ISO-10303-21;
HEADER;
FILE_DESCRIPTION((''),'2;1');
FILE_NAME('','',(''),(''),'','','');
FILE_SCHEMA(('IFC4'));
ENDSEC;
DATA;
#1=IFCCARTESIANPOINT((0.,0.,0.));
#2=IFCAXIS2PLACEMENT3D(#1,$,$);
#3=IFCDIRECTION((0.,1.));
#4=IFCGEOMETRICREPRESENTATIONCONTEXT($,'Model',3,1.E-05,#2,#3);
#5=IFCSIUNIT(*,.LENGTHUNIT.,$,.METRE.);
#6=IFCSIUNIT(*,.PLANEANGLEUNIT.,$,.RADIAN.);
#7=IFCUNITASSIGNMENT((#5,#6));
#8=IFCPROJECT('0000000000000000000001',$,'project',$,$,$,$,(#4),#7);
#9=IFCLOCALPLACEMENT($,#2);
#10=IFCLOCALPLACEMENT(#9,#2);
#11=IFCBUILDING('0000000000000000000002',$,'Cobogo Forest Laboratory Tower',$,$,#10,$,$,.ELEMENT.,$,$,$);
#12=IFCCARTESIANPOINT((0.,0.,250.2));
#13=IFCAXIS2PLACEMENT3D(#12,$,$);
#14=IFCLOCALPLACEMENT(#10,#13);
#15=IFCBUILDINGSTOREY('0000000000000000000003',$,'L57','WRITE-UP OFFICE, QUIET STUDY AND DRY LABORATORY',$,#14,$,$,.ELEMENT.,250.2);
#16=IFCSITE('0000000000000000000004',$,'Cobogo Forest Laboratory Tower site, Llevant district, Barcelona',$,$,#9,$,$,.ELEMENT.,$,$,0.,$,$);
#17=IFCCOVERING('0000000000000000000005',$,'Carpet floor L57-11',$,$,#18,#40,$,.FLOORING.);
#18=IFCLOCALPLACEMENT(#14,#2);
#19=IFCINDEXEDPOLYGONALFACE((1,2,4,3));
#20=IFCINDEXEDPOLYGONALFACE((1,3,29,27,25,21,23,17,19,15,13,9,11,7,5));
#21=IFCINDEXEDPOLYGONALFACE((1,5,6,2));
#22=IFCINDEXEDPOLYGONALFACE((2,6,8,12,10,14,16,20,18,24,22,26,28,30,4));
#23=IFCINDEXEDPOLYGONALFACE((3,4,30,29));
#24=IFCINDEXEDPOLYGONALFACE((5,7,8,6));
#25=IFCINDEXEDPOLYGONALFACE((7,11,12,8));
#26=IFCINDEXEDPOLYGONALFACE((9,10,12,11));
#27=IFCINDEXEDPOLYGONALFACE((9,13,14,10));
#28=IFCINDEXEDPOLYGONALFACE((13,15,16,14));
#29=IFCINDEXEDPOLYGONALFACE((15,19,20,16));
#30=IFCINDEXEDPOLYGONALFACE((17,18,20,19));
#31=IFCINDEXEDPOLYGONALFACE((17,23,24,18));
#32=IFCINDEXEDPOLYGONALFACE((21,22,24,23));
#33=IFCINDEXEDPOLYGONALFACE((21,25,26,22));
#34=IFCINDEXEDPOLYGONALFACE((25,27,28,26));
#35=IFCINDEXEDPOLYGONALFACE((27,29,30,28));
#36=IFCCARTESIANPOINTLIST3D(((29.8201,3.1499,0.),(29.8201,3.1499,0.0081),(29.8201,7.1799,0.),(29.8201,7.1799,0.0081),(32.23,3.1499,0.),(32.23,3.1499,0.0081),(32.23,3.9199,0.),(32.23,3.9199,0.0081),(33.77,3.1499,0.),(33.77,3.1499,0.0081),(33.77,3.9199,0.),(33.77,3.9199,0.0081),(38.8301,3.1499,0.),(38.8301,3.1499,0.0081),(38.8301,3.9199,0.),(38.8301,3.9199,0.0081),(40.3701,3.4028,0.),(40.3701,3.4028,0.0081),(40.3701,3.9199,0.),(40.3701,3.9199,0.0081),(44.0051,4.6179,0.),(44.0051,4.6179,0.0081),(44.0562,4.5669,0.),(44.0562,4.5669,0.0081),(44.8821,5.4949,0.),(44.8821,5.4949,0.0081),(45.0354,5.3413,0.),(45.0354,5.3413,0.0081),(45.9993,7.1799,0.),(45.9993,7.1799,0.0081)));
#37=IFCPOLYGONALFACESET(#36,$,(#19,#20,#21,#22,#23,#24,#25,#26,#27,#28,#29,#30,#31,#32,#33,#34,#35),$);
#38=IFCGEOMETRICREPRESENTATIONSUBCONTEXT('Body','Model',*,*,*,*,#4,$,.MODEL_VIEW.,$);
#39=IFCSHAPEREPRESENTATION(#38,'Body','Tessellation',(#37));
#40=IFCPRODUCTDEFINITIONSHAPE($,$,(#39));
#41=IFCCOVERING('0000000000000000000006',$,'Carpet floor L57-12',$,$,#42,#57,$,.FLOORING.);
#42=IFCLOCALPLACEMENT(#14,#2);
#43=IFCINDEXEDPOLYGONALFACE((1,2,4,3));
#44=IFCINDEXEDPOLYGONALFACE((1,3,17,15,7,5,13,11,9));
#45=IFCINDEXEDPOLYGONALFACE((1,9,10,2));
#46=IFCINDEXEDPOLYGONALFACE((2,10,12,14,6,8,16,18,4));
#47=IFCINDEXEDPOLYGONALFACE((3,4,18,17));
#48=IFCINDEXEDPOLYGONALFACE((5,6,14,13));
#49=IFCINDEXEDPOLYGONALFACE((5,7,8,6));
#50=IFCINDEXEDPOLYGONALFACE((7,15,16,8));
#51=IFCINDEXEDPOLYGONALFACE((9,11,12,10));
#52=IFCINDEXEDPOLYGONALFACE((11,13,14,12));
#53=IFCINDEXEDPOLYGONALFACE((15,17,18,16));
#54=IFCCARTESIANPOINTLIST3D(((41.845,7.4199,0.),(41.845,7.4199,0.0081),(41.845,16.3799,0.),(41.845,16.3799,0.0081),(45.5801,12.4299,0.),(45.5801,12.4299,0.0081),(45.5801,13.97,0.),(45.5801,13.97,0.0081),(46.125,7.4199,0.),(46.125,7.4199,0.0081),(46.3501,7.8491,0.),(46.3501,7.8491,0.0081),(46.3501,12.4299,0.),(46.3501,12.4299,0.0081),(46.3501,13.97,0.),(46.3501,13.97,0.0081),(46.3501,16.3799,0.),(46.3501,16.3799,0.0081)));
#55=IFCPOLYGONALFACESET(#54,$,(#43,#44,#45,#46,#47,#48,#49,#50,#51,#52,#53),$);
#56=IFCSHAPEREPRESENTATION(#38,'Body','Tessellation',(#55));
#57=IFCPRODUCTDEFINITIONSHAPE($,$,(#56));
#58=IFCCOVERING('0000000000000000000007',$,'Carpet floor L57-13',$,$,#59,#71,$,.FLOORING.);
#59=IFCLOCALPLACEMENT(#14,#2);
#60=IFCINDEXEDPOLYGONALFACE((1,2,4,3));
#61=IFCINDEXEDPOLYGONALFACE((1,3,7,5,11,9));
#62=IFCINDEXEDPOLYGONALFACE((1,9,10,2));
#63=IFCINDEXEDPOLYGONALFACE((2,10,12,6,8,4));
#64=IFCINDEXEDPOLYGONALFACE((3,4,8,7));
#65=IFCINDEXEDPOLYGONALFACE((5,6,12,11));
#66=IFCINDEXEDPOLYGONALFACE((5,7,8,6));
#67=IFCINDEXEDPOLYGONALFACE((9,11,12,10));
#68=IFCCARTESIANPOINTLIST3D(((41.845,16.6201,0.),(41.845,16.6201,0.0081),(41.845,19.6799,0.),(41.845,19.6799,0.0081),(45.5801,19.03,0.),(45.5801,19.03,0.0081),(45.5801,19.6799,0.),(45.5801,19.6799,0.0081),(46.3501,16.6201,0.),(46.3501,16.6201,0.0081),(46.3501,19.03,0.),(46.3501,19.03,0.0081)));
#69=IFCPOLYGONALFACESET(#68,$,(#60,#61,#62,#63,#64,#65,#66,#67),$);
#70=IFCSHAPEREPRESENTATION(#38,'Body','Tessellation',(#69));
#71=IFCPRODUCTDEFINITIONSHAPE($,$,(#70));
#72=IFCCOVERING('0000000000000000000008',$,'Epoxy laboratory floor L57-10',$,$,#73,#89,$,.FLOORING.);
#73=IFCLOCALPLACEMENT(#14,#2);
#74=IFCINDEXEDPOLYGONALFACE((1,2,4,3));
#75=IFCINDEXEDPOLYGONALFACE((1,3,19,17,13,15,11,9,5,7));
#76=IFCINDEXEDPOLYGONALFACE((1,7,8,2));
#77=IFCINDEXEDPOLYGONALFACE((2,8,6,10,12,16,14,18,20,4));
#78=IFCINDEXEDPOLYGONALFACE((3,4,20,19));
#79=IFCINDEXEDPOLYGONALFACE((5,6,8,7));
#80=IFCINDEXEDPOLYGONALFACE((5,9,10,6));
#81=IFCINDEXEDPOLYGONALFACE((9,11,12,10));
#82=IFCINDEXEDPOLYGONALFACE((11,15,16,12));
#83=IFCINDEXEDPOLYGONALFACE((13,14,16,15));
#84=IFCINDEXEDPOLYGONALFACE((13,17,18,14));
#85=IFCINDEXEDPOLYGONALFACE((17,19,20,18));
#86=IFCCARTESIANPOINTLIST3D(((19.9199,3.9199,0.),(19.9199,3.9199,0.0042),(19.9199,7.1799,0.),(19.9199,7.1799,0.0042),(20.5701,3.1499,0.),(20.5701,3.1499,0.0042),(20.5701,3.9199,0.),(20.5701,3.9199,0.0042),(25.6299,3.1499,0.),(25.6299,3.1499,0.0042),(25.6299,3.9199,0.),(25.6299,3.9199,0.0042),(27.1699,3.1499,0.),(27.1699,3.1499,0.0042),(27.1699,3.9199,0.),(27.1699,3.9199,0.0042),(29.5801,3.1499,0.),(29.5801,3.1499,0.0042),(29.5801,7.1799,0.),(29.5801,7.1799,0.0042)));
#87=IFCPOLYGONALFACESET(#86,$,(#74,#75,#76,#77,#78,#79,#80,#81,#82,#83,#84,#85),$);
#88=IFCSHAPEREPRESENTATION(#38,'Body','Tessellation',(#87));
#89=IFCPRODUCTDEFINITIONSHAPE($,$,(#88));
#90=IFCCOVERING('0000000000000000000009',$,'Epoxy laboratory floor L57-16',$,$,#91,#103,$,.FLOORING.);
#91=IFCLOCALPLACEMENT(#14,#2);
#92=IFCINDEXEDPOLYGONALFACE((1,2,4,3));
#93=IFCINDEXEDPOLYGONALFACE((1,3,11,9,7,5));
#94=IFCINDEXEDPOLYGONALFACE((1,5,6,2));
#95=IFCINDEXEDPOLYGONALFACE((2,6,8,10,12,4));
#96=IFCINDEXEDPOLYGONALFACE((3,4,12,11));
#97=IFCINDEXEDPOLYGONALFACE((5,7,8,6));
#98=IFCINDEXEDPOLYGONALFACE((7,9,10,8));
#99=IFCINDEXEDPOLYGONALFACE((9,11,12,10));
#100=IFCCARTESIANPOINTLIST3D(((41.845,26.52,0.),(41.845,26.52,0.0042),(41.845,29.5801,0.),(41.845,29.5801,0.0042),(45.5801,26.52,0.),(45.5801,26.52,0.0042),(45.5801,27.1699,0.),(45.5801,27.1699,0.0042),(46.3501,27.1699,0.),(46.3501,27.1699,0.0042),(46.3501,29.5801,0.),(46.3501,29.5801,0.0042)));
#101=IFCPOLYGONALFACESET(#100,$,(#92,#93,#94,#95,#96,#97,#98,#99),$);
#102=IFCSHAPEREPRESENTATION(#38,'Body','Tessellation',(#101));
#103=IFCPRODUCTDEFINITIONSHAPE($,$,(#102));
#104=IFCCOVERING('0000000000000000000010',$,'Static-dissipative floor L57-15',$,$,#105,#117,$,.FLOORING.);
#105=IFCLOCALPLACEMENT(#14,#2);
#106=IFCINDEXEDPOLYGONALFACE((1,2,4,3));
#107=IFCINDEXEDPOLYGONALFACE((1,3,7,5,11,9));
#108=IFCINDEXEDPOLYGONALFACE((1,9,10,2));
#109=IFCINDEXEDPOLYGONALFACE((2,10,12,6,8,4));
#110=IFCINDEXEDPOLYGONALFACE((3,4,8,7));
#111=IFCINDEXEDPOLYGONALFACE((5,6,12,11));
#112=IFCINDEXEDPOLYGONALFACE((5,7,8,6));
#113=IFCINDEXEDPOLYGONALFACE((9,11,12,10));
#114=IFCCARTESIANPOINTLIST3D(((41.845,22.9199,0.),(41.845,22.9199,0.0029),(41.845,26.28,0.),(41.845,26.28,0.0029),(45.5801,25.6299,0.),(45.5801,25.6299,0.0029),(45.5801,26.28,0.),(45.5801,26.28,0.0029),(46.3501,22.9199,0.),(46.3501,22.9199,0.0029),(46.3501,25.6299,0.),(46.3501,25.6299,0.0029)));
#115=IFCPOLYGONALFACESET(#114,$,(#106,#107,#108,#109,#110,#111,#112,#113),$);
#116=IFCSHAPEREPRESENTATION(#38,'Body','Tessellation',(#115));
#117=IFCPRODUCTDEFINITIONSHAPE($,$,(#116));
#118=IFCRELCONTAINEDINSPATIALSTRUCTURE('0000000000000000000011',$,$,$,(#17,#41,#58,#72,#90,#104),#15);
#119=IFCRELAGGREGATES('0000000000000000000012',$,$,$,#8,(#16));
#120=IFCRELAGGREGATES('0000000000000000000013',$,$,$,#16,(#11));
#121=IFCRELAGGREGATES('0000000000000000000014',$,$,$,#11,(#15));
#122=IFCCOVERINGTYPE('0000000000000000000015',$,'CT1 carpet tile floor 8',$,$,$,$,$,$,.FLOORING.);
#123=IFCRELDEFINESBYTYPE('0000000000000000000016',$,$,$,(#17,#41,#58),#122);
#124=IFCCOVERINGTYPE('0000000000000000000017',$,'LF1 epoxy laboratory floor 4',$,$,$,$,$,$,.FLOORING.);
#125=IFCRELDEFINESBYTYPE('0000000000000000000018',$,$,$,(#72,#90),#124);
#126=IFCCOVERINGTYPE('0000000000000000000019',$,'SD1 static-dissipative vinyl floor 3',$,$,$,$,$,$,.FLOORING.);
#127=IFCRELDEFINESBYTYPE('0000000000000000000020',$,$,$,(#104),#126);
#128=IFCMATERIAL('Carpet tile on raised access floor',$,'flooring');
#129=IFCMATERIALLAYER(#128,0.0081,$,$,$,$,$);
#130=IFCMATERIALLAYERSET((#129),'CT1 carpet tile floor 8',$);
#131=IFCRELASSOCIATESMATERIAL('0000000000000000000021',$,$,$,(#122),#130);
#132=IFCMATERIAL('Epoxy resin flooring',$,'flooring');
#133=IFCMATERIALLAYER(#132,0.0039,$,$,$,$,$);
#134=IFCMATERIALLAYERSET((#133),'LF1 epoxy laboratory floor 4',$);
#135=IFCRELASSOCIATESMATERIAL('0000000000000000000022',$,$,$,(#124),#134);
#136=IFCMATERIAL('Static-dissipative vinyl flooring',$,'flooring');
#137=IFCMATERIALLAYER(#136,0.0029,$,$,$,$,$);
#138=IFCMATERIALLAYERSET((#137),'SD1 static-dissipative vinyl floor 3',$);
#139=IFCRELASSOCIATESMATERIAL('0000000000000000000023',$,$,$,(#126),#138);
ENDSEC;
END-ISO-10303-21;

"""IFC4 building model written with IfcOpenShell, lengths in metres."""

from ifc_helpers import new_model, si_unit, direction, frame, origin, place, context, subcontext, project, spatial, polyline, outline, extrude, material, layer, layer_set, type_object, element, save


model = new_model("IFC4")

# Units and contexts
model_context = context("Model", 3, precision=1e-05, world=origin(), true_north=direction((0.0, 1.0)))
body_context = subcontext(model_context, "Body", "Model", "MODEL_VIEW")
ifc_project = project(units=[si_unit("LENGTHUNIT", "METRE"), si_unit("PLANEANGLEUNIT", "RADIAN")], contexts=[model_context])

# Site, building, storey
site_placement = place(None, origin())
site = spatial("IfcSite", under=ifc_project, at=site_placement, Name="Cobogo Forest Laboratory Tower site, Llevant district, Barcelona", CompositionType="ELEMENT", RefElevation=0.0)
building_placement = place(site_placement, origin())
building = spatial("IfcBuilding", under=site, at=building_placement, Name="Cobogo Forest Laboratory Tower", CompositionType="ELEMENT")
storey_placement = place(building_placement, frame((0.0, 0.0, 250.2)))
storey = spatial("IfcBuildingStorey", under=building, at=storey_placement, Name="L57", Description="WRITE-UP OFFICE, QUIET STUDY AND DRY LABORATORY", CompositionType="ELEMENT", Elevation=250.2)

# Coverings
ifc_material_1 = material(Name="Carpet tile on raised access floor", Category="flooring")
ifc_layer_1 = layer(ifc_material_1, 0.0081)
ifc_layer_set_1 = layer_set([ifc_layer_1], Name="CT1 carpet tile floor 8")
covering_type_1 = type_object("IfcCoveringType", Name="CT1 carpet tile floor 8", PredefinedType="FLOORING", material=ifc_layer_set_1)
covering_1_placement = place(storey_placement, origin())
element("IfcCovering", 1, at=covering_1_placement, inside=storey, type_object=covering_type_1, Name="Carpet floor L57-11", PredefinedType="FLOORING", context=body_context, shape_type="SweptSolid", body=[
    extrude(outline(polyline([(44.0562, 4.5669), (40.3701, 3.4028), (40.3701, 3.9199), (38.8301, 3.9199), (38.8301, 3.1499), (33.77, 3.1499), (33.77, 3.9199), (32.23, 3.9199), (32.23, 3.1499), (29.8201, 3.1499), (29.8201, 7.1799), (45.9993, 7.1799), (45.0354, 5.3413), (44.8821, 5.4949), (44.0051, 4.6179), (44.0562, 4.5669)])), origin(), (0.0, 0.0, 1.0), 0.0081),
])
covering_2_placement = place(storey_placement, origin())
element("IfcCovering", 2, at=covering_2_placement, inside=storey, type_object=covering_type_1, Name="Carpet floor L57-12", PredefinedType="FLOORING", context=body_context, shape_type="SweptSolid", body=[
    extrude(outline(polyline([(41.845, 16.3799), (46.3501, 16.3799), (46.3501, 13.97), (45.5801, 13.97), (45.5801, 12.4299), (46.3501, 12.4299), (46.3501, 7.8491), (46.125, 7.4199), (41.845, 7.4199), (41.845, 16.3799)])), origin(), (0.0, 0.0, 1.0), 0.0081),
])
covering_3_placement = place(storey_placement, origin())
element("IfcCovering", 3, at=covering_3_placement, inside=storey, type_object=covering_type_1, Name="Carpet floor L57-13", PredefinedType="FLOORING", context=body_context, shape_type="SweptSolid", body=[
    extrude(outline(polyline([(41.845, 19.6799), (45.5801, 19.6799), (45.5801, 19.03), (46.3501, 19.03), (46.3501, 16.6201), (41.845, 16.6201), (41.845, 19.6799)])), origin(), (0.0, 0.0, 1.0), 0.0081),
])
ifc_material_2 = material(Name="Epoxy resin flooring", Category="flooring")
ifc_layer_2 = layer(ifc_material_2, 0.0039)
ifc_layer_set_2 = layer_set([ifc_layer_2], Name="LF1 epoxy laboratory floor 4")
covering_type_2 = type_object("IfcCoveringType", Name="LF1 epoxy laboratory floor 4", PredefinedType="FLOORING", material=ifc_layer_set_2)
covering_4_placement = place(storey_placement, origin())
element("IfcCovering", 4, at=covering_4_placement, inside=storey, type_object=covering_type_2, Name="Epoxy laboratory floor L57-10", PredefinedType="FLOORING", context=body_context, shape_type="SweptSolid", body=[
    extrude(outline(polyline([(29.5801, 7.1799), (29.5801, 3.1499), (27.1699, 3.1499), (27.1699, 3.9199), (25.6299, 3.9199), (25.6299, 3.1499), (20.5701, 3.1499), (20.5701, 3.9199), (19.9199, 3.9199), (19.9199, 7.1799), (29.5801, 7.1799)])), origin(), (0.0, 0.0, 1.0), 0.0042),
])
covering_5_placement = place(storey_placement, origin())
element("IfcCovering", 5, at=covering_5_placement, inside=storey, type_object=covering_type_2, Name="Epoxy laboratory floor L57-16", PredefinedType="FLOORING", context=body_context, shape_type="SweptSolid", body=[
    extrude(outline(polyline([(41.845, 29.5801), (46.3501, 29.5801), (46.3501, 27.1699), (45.5801, 27.1699), (45.5801, 26.52), (41.845, 26.52), (41.845, 29.5801)])), origin(), (0.0, 0.0, 1.0), 0.0042),
])
ifc_material_3 = material(Name="Static-dissipative vinyl flooring", Category="flooring")
ifc_layer_3 = layer(ifc_material_3, 0.0029)
ifc_layer_set_3 = layer_set([ifc_layer_3], Name="SD1 static-dissipative vinyl floor 3")
covering_type_3 = type_object("IfcCoveringType", Name="SD1 static-dissipative vinyl floor 3", PredefinedType="FLOORING", material=ifc_layer_set_3)
covering_6_placement = place(storey_placement, origin())
element("IfcCovering", 6, at=covering_6_placement, inside=storey, type_object=covering_type_3, Name="Static-dissipative floor L57-15", PredefinedType="FLOORING", context=body_context, shape_type="SweptSolid", body=[
    extrude(outline(polyline([(41.845, 26.28), (45.5801, 26.28), (45.5801, 25.6299), (46.3501, 25.6299), (46.3501, 22.9199), (41.845, 22.9199), (41.845, 26.28)])), origin(), (0.0, 0.0, 1.0), 0.0029),
])

save(model, "model.ifc")
